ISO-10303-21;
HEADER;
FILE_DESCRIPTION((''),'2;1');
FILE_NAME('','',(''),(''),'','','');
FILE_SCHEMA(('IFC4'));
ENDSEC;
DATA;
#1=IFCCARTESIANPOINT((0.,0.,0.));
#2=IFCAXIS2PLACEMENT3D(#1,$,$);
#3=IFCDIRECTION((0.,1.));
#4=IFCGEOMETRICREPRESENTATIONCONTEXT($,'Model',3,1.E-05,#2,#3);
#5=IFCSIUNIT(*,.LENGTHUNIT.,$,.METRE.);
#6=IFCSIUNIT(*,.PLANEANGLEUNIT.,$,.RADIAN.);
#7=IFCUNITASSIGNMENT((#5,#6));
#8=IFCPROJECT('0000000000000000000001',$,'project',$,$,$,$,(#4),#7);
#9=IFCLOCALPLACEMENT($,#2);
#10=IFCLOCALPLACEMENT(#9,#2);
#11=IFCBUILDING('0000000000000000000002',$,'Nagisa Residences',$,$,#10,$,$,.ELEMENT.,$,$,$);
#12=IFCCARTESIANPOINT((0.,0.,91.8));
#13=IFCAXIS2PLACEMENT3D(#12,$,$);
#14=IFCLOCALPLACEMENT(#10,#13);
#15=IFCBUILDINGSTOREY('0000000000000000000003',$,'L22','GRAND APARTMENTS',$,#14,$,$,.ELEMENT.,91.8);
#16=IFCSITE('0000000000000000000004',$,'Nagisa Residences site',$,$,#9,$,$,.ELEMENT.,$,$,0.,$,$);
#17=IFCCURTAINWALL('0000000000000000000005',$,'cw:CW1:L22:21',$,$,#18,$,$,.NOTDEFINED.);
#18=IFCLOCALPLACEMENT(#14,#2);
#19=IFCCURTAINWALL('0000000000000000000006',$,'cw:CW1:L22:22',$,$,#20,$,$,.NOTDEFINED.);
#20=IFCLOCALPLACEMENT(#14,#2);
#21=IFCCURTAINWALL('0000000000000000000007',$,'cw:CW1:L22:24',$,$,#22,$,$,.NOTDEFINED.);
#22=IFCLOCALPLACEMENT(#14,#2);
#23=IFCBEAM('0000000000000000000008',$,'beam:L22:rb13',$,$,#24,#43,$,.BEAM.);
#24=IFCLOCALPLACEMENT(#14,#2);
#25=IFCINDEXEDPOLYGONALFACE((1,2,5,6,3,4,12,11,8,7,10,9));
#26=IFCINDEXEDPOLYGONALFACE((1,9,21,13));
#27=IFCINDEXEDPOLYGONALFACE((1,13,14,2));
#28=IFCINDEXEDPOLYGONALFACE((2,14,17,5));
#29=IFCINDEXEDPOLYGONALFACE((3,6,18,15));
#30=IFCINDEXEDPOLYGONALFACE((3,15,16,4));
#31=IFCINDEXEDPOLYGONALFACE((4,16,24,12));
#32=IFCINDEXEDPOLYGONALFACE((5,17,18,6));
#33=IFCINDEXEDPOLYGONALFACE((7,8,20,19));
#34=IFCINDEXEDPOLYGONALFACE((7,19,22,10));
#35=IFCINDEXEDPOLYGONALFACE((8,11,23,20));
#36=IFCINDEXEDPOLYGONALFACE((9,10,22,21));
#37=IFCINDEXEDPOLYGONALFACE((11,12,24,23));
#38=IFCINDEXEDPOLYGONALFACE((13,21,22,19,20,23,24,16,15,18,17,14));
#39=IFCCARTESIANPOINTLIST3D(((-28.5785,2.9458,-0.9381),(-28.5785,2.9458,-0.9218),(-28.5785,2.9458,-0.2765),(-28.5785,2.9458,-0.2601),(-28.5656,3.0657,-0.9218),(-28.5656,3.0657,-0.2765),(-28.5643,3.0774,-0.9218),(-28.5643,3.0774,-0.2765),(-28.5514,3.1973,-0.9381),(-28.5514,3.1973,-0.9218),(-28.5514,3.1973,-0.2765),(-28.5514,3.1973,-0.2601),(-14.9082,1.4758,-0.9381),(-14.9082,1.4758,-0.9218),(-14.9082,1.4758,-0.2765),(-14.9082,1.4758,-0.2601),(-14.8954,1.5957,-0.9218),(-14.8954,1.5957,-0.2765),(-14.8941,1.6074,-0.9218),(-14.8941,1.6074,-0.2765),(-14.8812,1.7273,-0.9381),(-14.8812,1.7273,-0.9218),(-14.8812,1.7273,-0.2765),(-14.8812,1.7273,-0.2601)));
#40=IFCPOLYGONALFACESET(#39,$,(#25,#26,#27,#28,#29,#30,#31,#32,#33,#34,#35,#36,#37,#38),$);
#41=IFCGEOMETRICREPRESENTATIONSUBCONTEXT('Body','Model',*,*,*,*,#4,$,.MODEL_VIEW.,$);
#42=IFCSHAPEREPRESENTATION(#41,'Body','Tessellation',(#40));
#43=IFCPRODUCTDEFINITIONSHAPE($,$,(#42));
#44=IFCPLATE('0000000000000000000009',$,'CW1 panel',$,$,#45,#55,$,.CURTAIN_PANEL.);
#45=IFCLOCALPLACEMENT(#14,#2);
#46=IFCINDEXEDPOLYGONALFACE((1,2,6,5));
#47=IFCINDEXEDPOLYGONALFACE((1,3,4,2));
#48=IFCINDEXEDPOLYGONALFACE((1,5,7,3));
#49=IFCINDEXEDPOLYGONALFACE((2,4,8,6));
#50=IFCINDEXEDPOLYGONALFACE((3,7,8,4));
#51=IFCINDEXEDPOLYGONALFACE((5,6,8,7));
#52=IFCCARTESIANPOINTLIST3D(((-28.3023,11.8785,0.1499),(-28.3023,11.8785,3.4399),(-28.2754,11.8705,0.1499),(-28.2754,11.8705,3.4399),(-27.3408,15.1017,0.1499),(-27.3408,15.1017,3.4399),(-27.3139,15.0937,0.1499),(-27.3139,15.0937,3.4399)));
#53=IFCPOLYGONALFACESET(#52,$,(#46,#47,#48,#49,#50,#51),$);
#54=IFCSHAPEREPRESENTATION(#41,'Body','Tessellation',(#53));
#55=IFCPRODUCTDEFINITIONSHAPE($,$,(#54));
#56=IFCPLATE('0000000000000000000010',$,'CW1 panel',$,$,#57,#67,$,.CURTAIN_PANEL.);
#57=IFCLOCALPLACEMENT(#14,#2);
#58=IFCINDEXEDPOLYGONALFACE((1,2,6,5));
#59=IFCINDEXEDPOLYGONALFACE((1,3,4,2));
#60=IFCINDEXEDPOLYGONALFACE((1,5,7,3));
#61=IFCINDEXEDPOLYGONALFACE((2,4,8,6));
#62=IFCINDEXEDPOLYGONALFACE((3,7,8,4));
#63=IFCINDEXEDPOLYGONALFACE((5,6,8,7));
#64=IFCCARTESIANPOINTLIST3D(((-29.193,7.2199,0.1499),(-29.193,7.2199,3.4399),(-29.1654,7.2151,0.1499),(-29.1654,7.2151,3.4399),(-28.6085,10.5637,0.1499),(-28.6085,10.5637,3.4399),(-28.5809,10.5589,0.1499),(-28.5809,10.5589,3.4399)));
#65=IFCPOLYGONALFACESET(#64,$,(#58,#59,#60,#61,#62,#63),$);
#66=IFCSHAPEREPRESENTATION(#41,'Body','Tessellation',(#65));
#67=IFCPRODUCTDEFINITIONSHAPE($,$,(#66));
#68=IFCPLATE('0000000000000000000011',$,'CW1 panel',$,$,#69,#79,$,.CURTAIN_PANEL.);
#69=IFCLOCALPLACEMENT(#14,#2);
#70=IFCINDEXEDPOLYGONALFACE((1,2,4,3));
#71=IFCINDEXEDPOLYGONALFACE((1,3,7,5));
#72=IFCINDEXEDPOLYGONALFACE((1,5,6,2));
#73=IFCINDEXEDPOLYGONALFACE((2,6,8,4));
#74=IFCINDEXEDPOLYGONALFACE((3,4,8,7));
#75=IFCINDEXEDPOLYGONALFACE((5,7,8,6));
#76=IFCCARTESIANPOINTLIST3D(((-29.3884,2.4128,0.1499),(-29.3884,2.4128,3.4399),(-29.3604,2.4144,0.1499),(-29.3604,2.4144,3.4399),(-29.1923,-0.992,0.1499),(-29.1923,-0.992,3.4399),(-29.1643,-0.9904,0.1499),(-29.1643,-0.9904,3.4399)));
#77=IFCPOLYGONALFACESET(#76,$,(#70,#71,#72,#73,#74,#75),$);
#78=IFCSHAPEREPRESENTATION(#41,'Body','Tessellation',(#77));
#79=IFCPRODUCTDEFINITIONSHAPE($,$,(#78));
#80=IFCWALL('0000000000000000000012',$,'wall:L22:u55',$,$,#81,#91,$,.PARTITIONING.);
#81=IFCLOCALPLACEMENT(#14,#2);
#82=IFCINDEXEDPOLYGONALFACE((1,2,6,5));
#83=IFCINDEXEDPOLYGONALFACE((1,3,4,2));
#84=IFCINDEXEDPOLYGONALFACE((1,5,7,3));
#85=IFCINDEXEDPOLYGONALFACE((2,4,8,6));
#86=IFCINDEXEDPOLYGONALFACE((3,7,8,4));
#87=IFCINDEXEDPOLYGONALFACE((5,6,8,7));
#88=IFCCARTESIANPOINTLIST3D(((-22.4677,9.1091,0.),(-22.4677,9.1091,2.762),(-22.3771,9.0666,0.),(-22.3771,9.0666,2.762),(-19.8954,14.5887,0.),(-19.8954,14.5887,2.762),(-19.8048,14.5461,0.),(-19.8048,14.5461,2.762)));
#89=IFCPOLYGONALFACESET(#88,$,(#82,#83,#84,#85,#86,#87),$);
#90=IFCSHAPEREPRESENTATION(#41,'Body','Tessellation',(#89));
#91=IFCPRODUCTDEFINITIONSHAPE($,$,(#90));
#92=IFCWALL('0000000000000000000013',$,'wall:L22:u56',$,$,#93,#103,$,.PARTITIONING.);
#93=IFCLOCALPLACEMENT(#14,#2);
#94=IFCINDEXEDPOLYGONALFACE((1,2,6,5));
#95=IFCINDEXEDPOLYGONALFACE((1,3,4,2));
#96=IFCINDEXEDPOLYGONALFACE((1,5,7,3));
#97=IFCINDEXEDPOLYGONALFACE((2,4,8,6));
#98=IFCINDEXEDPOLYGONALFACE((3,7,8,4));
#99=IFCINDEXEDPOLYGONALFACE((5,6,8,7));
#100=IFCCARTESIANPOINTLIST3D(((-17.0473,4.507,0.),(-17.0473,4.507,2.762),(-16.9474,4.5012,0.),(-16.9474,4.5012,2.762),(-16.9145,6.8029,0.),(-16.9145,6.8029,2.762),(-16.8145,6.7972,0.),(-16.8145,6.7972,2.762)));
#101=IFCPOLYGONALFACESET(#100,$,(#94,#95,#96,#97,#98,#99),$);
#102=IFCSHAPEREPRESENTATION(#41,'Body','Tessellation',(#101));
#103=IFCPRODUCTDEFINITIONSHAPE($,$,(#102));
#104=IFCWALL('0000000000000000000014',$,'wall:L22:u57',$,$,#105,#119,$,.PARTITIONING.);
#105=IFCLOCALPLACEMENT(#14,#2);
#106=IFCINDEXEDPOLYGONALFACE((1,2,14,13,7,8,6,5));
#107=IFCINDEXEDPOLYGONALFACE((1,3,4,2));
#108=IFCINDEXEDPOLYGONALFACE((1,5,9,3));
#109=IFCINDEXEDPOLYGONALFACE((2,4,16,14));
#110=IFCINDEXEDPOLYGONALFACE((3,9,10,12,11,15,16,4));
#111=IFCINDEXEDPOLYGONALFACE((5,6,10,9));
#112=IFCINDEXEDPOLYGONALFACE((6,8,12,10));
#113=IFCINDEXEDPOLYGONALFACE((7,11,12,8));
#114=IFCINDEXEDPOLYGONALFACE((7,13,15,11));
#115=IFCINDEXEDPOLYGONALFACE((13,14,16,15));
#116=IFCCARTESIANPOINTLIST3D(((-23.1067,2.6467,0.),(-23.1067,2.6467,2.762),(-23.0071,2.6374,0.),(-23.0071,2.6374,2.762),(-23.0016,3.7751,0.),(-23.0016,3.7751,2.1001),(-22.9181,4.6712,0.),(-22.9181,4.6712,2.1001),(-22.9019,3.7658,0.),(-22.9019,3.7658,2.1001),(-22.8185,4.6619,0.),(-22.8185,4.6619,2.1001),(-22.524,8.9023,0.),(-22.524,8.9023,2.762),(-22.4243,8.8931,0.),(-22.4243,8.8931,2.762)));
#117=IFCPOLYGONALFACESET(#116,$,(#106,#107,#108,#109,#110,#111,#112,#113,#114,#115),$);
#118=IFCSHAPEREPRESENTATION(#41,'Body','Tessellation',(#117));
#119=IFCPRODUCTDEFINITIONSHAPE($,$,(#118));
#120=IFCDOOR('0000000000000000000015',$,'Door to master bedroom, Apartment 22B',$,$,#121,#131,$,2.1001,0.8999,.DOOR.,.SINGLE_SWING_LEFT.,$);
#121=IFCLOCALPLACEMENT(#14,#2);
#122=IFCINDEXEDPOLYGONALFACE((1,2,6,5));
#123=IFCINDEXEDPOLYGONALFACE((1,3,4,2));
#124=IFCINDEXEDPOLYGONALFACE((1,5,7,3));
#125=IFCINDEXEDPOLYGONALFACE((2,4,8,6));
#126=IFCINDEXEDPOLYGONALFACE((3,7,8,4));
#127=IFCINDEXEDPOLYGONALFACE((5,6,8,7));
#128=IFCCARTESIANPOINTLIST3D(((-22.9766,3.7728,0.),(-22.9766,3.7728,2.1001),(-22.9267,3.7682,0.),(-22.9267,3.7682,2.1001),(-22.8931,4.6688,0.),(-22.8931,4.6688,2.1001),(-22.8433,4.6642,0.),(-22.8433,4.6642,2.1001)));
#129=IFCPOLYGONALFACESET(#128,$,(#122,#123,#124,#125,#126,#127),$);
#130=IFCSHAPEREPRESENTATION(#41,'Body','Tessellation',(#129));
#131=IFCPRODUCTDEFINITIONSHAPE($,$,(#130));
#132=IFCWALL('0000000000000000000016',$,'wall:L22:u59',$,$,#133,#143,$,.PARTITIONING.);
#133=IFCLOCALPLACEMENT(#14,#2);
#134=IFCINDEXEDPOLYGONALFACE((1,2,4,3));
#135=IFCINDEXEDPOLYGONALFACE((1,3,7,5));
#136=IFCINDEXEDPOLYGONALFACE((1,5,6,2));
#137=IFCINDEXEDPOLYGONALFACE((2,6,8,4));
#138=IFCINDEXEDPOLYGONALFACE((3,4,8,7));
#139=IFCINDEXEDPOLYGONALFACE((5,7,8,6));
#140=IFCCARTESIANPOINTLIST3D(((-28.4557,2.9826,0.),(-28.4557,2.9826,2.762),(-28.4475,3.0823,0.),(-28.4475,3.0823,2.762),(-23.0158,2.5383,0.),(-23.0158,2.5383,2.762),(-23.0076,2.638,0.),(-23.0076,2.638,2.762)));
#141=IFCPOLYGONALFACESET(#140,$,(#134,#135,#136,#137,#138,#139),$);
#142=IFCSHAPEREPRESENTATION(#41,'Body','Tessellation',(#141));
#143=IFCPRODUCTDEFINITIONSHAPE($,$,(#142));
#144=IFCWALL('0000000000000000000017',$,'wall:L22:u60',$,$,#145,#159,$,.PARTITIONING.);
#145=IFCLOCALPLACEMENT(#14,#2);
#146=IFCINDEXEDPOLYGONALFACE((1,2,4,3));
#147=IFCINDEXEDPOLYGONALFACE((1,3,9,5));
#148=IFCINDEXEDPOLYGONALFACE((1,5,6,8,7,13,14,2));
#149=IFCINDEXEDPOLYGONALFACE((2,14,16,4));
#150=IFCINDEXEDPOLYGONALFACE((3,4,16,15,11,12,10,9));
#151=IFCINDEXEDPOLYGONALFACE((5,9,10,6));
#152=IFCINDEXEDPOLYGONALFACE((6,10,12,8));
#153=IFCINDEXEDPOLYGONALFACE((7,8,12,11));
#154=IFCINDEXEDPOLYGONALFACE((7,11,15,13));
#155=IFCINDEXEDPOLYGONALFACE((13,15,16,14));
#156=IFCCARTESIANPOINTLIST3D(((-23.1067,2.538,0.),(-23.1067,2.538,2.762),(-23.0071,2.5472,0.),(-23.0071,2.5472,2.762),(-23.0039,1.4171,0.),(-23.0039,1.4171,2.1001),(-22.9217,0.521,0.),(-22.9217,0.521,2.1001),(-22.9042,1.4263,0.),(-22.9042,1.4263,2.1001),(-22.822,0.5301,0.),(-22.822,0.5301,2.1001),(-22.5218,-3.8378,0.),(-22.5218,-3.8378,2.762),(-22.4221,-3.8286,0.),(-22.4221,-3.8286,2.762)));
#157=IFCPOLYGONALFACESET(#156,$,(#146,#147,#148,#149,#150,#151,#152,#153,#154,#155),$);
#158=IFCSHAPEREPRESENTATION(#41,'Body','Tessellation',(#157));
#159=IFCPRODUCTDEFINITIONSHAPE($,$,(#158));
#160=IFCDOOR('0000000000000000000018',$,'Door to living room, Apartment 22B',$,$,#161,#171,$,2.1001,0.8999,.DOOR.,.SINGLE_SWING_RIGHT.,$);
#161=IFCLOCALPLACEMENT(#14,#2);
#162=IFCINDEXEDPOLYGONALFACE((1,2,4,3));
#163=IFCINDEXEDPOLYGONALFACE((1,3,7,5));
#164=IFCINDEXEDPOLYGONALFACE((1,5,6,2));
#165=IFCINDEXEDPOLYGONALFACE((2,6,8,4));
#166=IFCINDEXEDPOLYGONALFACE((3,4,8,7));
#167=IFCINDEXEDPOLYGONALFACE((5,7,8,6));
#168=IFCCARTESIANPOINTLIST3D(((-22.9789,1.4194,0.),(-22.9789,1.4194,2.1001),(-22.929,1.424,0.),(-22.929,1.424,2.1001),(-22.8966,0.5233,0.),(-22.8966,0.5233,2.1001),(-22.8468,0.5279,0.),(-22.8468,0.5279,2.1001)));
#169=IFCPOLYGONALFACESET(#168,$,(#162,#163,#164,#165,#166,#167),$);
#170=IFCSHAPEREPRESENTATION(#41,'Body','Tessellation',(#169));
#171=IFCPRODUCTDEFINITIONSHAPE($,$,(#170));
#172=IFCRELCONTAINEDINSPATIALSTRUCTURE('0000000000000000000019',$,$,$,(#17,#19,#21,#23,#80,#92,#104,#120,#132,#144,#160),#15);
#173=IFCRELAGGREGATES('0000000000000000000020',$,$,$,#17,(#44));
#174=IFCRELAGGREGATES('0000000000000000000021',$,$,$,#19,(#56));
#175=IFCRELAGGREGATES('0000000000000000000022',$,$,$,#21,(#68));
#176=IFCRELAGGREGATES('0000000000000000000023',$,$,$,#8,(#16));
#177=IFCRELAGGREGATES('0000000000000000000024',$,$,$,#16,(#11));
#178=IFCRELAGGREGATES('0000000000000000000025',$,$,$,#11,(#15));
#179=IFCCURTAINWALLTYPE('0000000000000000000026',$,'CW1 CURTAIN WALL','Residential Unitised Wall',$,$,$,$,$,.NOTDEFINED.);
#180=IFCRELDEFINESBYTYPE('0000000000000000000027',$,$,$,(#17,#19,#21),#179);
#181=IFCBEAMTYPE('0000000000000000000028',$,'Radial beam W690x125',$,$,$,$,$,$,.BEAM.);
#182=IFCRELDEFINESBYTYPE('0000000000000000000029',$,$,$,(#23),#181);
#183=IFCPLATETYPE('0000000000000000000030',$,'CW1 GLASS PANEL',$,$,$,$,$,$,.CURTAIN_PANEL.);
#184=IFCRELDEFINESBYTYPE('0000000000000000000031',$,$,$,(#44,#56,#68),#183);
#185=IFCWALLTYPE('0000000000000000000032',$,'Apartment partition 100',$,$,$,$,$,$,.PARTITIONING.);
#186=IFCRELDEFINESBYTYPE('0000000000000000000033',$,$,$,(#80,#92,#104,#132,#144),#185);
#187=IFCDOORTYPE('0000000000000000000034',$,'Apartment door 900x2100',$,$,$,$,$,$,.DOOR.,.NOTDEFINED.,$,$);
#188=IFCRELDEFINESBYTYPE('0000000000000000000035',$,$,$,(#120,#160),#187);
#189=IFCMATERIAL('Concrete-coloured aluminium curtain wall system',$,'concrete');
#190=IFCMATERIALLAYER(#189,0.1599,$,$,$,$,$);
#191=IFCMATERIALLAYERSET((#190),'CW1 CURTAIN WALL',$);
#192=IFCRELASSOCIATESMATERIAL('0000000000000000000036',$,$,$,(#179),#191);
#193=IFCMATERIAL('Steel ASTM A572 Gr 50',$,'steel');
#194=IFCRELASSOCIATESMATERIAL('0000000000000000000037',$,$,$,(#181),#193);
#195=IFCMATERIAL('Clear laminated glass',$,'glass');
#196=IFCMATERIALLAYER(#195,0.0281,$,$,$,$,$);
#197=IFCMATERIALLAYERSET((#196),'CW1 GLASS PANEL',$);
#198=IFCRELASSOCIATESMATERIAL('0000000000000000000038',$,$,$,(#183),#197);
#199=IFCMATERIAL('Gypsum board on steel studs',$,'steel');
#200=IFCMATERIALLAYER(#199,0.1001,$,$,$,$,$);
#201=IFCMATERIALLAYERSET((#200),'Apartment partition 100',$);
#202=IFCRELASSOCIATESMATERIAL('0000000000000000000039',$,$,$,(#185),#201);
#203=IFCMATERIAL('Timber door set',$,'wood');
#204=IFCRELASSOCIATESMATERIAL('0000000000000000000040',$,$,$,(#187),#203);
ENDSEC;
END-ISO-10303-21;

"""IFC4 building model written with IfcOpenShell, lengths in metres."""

from ifc_helpers import new_model, si_unit, direction, frame, frame_2d, origin, origin_2d, place, context, subcontext, project, spatial, rectangle, i_section, extrude, material, layer, layer_set, material_profile, profile_set, type_object, element, fill, aggregate, save


model = new_model("IFC4")

# Units and contexts
model_context = context("Model", 3, precision=1e-05, world=origin(), true_north=direction((0.0, 1.0)))
body_context = subcontext(model_context, "Body", "Model", "MODEL_VIEW")
ifc_project = project(units=[si_unit("LENGTHUNIT", "METRE"), si_unit("PLANEANGLEUNIT", "RADIAN")], contexts=[model_context])

# Site, building, storey
site_placement = place(None, origin())
site = spatial("IfcSite", under=ifc_project, at=site_placement, Name="Nagisa Residences site", CompositionType="ELEMENT", RefElevation=0.0)
building_placement = place(site_placement, origin())
building = spatial("IfcBuilding", under=site, at=building_placement, Name="Nagisa Residences", CompositionType="ELEMENT")
storey_placement = place(building_placement, frame((0.0, 0.0, 91.8)))
storey = spatial("IfcBuildingStorey", under=building, at=storey_placement, Name="L22", Description="GRAND APARTMENTS", CompositionType="ELEMENT", Elevation=91.8)

# Curtain walls
ifc_material_1 = material(Name="Concrete-coloured aluminium curtain wall system", Category="concrete")
ifc_layer_1 = layer(ifc_material_1, 0.1599)
ifc_layer_set_1 = layer_set([ifc_layer_1], Name="CW1 CURTAIN WALL")
curtain_wall_type = type_object("IfcCurtainWallType", Name="CW1 CURTAIN WALL", Description="Residential Unitised Wall", PredefinedType="NOTDEFINED", material=ifc_layer_set_1)
curtain_wall_1_placement = place(storey_placement, origin())
curtain_wall_1 = element("IfcCurtainWall", 1, at=curtain_wall_1_placement, inside=storey, type_object=curtain_wall_type, Name="cw:CW1:L22:21", PredefinedType="NOTDEFINED")
curtain_wall_2_placement = place(storey_placement, origin())
curtain_wall_2 = element("IfcCurtainWall", 2, at=curtain_wall_2_placement, inside=storey, type_object=curtain_wall_type, Name="cw:CW1:L22:22", PredefinedType="NOTDEFINED")
curtain_wall_3_placement = place(storey_placement, origin())
curtain_wall_3 = element("IfcCurtainWall", 3, at=curtain_wall_3_placement, inside=storey, type_object=curtain_wall_type, Name="cw:CW1:L22:24", PredefinedType="NOTDEFINED")

# Beam
ifc_material_2 = material(Name="Steel ASTM A572 Gr 50", Category="steel")
ifc_material_profile_1 = material_profile(ifc_material_2, i_section(OverallWidth=0.2529, OverallDepth=0.678, WebThickness=0.0117, FlangeThickness=0.0164, at=origin_2d()), Name="W690x125")
ifc_profile_set_1 = profile_set([ifc_material_profile_1], Name="Steel ASTM A572 Gr 50")
beam_type_1 = type_object("IfcBeamType", Name="Radial beam W690x125", PredefinedType="BEAM", material=ifc_profile_set_1)
beam_1_placement = place(storey_placement, frame((-28.5649, 3.0715, -0.5991), z_axis=(0.994268, -0.106915, 0.0), x_axis=(0.106915, 0.994268, 0.0)))
element("IfcBeam", 4, at=beam_1_placement, inside=storey, type_object=beam_type_1, Name="beam:L22:rb13", PredefinedType="BEAM", context=body_context, shape_type="SweptSolid", body=[
    extrude(i_section(OverallWidth=0.2529, OverallDepth=0.678, WebThickness=0.0117, FlangeThickness=0.0164, at=origin_2d()), origin(), (0.0, 0.0, 1.0), 13.749),
])

# Plates
ifc_material_3 = material(Name="Clear laminated glass", Category="glass")
ifc_layer_2 = layer(ifc_material_3, 0.0281)
ifc_layer_set_2 = layer_set([ifc_layer_2], Name="CW1 GLASS PANEL")
plate_type = type_object("IfcPlateType", Name="CW1 GLASS PANEL", PredefinedType="CURTAIN_PANEL", material=ifc_layer_set_2)
plate_1_placement = place(storey_placement, frame((-27.8081, 13.4861, 0.1499), z_axis=(0.0, 0.0, 1.0), x_axis=(-0.28586, -0.958271, 0.0)))
plate_1 = element("IfcPlate", 5, at=plate_1_placement, type_object=plate_type, Name="CW1 panel", PredefinedType="CURTAIN_PANEL", context=body_context, shape_type="SweptSolid", body=[
    extrude(rectangle(XDim=3.3635, YDim=0.0281, at=origin_2d()), origin(), (0.0, 0.0, 1.0), 3.29),
])
aggregate(curtain_wall_1, [plate_1])
plate_2_placement = place(storey_placement, frame((-28.887, 8.8894, 0.1499), z_axis=(0.0, 0.0, 1.0), x_axis=(-0.172191, -0.985064, 0.0)))
plate_2 = element("IfcPlate", 6, at=plate_2_placement, type_object=plate_type, Name="CW1 panel", PredefinedType="CURTAIN_PANEL", context=body_context, shape_type="SweptSolid", body=[
    extrude(rectangle(XDim=3.3945, YDim=0.0281, at=origin_2d()), origin(), (0.0, 0.0, 1.0), 3.29),
])
aggregate(curtain_wall_2, [plate_2])
plate_3_placement = place(storey_placement, frame((-29.2764, 0.7112, 0.1499), z_axis=(0.0, 0.0, 1.0), x_axis=(0.057503, -0.998345, 0.0)))
plate_3 = element("IfcPlate", 7, at=plate_3_placement, type_object=plate_type, Name="CW1 panel", PredefinedType="CURTAIN_PANEL", context=body_context, shape_type="SweptSolid", body=[
    extrude(rectangle(XDim=3.4104, YDim=0.0281, at=origin_2d()), origin(), (0.0, 0.0, 1.0), 3.29),
])
aggregate(curtain_wall_3, [plate_3])

# Walls
ifc_material_4 = material(Name="Gypsum board on steel studs", Category="steel")
ifc_layer_3 = layer(ifc_material_4, 0.1001)
ifc_layer_set_3 = layer_set([ifc_layer_3], Name="Apartment partition 100")
wall_type_1 = type_object("IfcWallType", Name="Apartment partition 100", PredefinedType="PARTITIONING", material=ifc_layer_set_3)
wall_1_placement = place(storey_placement, frame((-19.8501, 14.5674, 0.0), z_axis=(0.0, 0.0, 1.0), x_axis=(-0.424942, -0.90522, 0.0)))
element("IfcWall", 8, at=wall_1_placement, inside=storey, type_object=wall_type_1, Name="wall:L22:u55", PredefinedType="PARTITIONING", context=body_context, shape_type="SweptSolid", body=[
    extrude(rectangle(XDim=6.0532, YDim=0.1001, at=frame_2d((3.0266, 0.0))), origin(), (0.0, 0.0, 1.0), 2.762),
])
wall_2_placement = place(storey_placement, frame((-16.8645, 6.8, 0.0), z_axis=(0.0, 0.0, 1.0), x_axis=(-0.057751, -0.998331, 0.0)))
element("IfcWall", 9, at=wall_2_placement, inside=storey, type_object=wall_type_1, Name="wall:L22:u56", PredefinedType="PARTITIONING", context=body_context, shape_type="SweptSolid", body=[
    extrude(rectangle(XDim=2.2998, YDim=0.1001, at=frame_2d((1.1499, 0.0))), origin(), (0.0, 0.0, 1.0), 2.762),
])

# Wall, opening, door
wall_3_placement = place(storey_placement, frame((-22.4741, 8.8977, 0.0), z_axis=(0.0, 0.0, 1.0), x_axis=(-0.092757, -0.995689, 0.0)))
wall_3 = element("IfcWall", 10, at=wall_3_placement, inside=storey, type_object=wall_type_1, Name="wall:L22:u57", PredefinedType="PARTITIONING", context=body_context, shape_type="SweptSolid", body=[
    extrude(rectangle(XDim=6.2827, YDim=0.1001, at=frame_2d((3.1414, 0.0))), origin(), (0.0, 0.0, 1.0), 2.762),
])
opening_1_placement = place(wall_3_placement, frame((4.2495, 0.0, 0.0)))
opening_1 = element("IfcOpeningElement", 11, at=opening_1_placement, cuts=wall_3, PredefinedType="OPENING", context=body_context, shape_type="SweptSolid", body=[
    extrude(rectangle(XDim=0.8999, YDim=2.1001, at=frame_2d((0.45, 1.05))), frame((0.0, 0.0601, 0.0), z_axis=(0.0, -1.0, 0.0), x_axis=(1.0, 0.0, 0.0)), (0.0, 0.0, 1.0), 0.1201),
])
ifc_material_5 = material(Name="Timber door set", Category="wood")
door_type_1 = type_object("IfcDoorType", Name="Apartment door 900x2100", OperationType="NOTDEFINED", PredefinedType="DOOR", material=ifc_material_5)
door_1_placement = place(opening_1_placement, frame((0.8999, 0.0, 0.0), x_axis=(-1.0, 0.0, 0.0)))
door_1 = element("IfcDoor", 12, at=door_1_placement, inside=storey, type_object=door_type_1, Name="Door to master bedroom, Apartment 22B", OperationType="SINGLE_SWING_LEFT", OverallHeight=2.1001, OverallWidth=0.8999, PredefinedType="DOOR", context=body_context, shape_type="SweptSolid", body=[
    extrude(rectangle(XDim=0.8999, YDim=2.1001, at=frame_2d((0.45, 1.05))), frame((0.0, 0.0249, 0.0), z_axis=(0.0, -1.0, 0.0), x_axis=(1.0, 0.0, 0.0)), (0.0, 0.0, 1.0), 0.05),
])
fill(opening_1, door_1)

# Wall
wall_4_placement = place(storey_placement, frame((-23.0117, 2.5881, 0.0), z_axis=(0.0, 0.0, 1.0), x_axis=(-0.996681, 0.081409, 0.0)))
element("IfcWall", 13, at=wall_4_placement, inside=storey, type_object=wall_type_1, Name="wall:L22:u59", PredefinedType="PARTITIONING", context=body_context, shape_type="SweptSolid", body=[
    extrude(rectangle(XDim=5.458, YDim=0.1001, at=frame_2d((2.729, 0.0))), origin(), (0.0, 0.0, 1.0), 2.762),
])

# Wall, opening, door
wall_5_placement = place(storey_placement, frame((-23.0569, 2.5425, 0.0), z_axis=(0.0, 0.0, 1.0), x_axis=(0.091364, -0.995818, 0.0)))
wall_5 = element("IfcWall", 14, at=wall_5_placement, inside=storey, type_object=wall_type_1, Name="wall:L22:u60", PredefinedType="PARTITIONING", context=body_context, shape_type="SweptSolid", body=[
    extrude(rectangle(XDim=6.4026, YDim=0.1001, at=frame_2d((3.2012, 0.0))), origin(), (0.0, 0.0, 1.0), 2.762),
])
opening_2_placement = place(wall_5_placement, frame((1.1255, 0.0, 0.0)))
opening_2 = element("IfcOpeningElement", 15, at=opening_2_placement, cuts=wall_5, PredefinedType="OPENING", context=body_context, shape_type="SweptSolid", body=[
    extrude(rectangle(XDim=0.8999, YDim=2.1001, at=frame_2d((0.45, 1.05))), frame((0.0, 0.0601, 0.0), z_axis=(0.0, -1.0, 0.0), x_axis=(1.0, 0.0, 0.0)), (0.0, 0.0, 1.0), 0.1201),
])
door_2_placement = place(opening_2_placement, frame((0.8999, 0.0, 0.0), x_axis=(-1.0, 0.0, 0.0)))
door_2 = element("IfcDoor", 16, at=door_2_placement, inside=storey, type_object=door_type_1, Name="Door to living room, Apartment 22B", OperationType="SINGLE_SWING_RIGHT", OverallHeight=2.1001, OverallWidth=0.8999, PredefinedType="DOOR", context=body_context, shape_type="SweptSolid", body=[
    extrude(rectangle(XDim=0.8999, YDim=2.1001, at=frame_2d((0.45, 1.05))), frame((0.0, 0.0249, 0.0), z_axis=(0.0, -1.0, 0.0), x_axis=(1.0, 0.0, 0.0)), (0.0, 0.0, 1.0), 0.05),
])
fill(opening_2, door_2)

save(model, "model.ifc")
